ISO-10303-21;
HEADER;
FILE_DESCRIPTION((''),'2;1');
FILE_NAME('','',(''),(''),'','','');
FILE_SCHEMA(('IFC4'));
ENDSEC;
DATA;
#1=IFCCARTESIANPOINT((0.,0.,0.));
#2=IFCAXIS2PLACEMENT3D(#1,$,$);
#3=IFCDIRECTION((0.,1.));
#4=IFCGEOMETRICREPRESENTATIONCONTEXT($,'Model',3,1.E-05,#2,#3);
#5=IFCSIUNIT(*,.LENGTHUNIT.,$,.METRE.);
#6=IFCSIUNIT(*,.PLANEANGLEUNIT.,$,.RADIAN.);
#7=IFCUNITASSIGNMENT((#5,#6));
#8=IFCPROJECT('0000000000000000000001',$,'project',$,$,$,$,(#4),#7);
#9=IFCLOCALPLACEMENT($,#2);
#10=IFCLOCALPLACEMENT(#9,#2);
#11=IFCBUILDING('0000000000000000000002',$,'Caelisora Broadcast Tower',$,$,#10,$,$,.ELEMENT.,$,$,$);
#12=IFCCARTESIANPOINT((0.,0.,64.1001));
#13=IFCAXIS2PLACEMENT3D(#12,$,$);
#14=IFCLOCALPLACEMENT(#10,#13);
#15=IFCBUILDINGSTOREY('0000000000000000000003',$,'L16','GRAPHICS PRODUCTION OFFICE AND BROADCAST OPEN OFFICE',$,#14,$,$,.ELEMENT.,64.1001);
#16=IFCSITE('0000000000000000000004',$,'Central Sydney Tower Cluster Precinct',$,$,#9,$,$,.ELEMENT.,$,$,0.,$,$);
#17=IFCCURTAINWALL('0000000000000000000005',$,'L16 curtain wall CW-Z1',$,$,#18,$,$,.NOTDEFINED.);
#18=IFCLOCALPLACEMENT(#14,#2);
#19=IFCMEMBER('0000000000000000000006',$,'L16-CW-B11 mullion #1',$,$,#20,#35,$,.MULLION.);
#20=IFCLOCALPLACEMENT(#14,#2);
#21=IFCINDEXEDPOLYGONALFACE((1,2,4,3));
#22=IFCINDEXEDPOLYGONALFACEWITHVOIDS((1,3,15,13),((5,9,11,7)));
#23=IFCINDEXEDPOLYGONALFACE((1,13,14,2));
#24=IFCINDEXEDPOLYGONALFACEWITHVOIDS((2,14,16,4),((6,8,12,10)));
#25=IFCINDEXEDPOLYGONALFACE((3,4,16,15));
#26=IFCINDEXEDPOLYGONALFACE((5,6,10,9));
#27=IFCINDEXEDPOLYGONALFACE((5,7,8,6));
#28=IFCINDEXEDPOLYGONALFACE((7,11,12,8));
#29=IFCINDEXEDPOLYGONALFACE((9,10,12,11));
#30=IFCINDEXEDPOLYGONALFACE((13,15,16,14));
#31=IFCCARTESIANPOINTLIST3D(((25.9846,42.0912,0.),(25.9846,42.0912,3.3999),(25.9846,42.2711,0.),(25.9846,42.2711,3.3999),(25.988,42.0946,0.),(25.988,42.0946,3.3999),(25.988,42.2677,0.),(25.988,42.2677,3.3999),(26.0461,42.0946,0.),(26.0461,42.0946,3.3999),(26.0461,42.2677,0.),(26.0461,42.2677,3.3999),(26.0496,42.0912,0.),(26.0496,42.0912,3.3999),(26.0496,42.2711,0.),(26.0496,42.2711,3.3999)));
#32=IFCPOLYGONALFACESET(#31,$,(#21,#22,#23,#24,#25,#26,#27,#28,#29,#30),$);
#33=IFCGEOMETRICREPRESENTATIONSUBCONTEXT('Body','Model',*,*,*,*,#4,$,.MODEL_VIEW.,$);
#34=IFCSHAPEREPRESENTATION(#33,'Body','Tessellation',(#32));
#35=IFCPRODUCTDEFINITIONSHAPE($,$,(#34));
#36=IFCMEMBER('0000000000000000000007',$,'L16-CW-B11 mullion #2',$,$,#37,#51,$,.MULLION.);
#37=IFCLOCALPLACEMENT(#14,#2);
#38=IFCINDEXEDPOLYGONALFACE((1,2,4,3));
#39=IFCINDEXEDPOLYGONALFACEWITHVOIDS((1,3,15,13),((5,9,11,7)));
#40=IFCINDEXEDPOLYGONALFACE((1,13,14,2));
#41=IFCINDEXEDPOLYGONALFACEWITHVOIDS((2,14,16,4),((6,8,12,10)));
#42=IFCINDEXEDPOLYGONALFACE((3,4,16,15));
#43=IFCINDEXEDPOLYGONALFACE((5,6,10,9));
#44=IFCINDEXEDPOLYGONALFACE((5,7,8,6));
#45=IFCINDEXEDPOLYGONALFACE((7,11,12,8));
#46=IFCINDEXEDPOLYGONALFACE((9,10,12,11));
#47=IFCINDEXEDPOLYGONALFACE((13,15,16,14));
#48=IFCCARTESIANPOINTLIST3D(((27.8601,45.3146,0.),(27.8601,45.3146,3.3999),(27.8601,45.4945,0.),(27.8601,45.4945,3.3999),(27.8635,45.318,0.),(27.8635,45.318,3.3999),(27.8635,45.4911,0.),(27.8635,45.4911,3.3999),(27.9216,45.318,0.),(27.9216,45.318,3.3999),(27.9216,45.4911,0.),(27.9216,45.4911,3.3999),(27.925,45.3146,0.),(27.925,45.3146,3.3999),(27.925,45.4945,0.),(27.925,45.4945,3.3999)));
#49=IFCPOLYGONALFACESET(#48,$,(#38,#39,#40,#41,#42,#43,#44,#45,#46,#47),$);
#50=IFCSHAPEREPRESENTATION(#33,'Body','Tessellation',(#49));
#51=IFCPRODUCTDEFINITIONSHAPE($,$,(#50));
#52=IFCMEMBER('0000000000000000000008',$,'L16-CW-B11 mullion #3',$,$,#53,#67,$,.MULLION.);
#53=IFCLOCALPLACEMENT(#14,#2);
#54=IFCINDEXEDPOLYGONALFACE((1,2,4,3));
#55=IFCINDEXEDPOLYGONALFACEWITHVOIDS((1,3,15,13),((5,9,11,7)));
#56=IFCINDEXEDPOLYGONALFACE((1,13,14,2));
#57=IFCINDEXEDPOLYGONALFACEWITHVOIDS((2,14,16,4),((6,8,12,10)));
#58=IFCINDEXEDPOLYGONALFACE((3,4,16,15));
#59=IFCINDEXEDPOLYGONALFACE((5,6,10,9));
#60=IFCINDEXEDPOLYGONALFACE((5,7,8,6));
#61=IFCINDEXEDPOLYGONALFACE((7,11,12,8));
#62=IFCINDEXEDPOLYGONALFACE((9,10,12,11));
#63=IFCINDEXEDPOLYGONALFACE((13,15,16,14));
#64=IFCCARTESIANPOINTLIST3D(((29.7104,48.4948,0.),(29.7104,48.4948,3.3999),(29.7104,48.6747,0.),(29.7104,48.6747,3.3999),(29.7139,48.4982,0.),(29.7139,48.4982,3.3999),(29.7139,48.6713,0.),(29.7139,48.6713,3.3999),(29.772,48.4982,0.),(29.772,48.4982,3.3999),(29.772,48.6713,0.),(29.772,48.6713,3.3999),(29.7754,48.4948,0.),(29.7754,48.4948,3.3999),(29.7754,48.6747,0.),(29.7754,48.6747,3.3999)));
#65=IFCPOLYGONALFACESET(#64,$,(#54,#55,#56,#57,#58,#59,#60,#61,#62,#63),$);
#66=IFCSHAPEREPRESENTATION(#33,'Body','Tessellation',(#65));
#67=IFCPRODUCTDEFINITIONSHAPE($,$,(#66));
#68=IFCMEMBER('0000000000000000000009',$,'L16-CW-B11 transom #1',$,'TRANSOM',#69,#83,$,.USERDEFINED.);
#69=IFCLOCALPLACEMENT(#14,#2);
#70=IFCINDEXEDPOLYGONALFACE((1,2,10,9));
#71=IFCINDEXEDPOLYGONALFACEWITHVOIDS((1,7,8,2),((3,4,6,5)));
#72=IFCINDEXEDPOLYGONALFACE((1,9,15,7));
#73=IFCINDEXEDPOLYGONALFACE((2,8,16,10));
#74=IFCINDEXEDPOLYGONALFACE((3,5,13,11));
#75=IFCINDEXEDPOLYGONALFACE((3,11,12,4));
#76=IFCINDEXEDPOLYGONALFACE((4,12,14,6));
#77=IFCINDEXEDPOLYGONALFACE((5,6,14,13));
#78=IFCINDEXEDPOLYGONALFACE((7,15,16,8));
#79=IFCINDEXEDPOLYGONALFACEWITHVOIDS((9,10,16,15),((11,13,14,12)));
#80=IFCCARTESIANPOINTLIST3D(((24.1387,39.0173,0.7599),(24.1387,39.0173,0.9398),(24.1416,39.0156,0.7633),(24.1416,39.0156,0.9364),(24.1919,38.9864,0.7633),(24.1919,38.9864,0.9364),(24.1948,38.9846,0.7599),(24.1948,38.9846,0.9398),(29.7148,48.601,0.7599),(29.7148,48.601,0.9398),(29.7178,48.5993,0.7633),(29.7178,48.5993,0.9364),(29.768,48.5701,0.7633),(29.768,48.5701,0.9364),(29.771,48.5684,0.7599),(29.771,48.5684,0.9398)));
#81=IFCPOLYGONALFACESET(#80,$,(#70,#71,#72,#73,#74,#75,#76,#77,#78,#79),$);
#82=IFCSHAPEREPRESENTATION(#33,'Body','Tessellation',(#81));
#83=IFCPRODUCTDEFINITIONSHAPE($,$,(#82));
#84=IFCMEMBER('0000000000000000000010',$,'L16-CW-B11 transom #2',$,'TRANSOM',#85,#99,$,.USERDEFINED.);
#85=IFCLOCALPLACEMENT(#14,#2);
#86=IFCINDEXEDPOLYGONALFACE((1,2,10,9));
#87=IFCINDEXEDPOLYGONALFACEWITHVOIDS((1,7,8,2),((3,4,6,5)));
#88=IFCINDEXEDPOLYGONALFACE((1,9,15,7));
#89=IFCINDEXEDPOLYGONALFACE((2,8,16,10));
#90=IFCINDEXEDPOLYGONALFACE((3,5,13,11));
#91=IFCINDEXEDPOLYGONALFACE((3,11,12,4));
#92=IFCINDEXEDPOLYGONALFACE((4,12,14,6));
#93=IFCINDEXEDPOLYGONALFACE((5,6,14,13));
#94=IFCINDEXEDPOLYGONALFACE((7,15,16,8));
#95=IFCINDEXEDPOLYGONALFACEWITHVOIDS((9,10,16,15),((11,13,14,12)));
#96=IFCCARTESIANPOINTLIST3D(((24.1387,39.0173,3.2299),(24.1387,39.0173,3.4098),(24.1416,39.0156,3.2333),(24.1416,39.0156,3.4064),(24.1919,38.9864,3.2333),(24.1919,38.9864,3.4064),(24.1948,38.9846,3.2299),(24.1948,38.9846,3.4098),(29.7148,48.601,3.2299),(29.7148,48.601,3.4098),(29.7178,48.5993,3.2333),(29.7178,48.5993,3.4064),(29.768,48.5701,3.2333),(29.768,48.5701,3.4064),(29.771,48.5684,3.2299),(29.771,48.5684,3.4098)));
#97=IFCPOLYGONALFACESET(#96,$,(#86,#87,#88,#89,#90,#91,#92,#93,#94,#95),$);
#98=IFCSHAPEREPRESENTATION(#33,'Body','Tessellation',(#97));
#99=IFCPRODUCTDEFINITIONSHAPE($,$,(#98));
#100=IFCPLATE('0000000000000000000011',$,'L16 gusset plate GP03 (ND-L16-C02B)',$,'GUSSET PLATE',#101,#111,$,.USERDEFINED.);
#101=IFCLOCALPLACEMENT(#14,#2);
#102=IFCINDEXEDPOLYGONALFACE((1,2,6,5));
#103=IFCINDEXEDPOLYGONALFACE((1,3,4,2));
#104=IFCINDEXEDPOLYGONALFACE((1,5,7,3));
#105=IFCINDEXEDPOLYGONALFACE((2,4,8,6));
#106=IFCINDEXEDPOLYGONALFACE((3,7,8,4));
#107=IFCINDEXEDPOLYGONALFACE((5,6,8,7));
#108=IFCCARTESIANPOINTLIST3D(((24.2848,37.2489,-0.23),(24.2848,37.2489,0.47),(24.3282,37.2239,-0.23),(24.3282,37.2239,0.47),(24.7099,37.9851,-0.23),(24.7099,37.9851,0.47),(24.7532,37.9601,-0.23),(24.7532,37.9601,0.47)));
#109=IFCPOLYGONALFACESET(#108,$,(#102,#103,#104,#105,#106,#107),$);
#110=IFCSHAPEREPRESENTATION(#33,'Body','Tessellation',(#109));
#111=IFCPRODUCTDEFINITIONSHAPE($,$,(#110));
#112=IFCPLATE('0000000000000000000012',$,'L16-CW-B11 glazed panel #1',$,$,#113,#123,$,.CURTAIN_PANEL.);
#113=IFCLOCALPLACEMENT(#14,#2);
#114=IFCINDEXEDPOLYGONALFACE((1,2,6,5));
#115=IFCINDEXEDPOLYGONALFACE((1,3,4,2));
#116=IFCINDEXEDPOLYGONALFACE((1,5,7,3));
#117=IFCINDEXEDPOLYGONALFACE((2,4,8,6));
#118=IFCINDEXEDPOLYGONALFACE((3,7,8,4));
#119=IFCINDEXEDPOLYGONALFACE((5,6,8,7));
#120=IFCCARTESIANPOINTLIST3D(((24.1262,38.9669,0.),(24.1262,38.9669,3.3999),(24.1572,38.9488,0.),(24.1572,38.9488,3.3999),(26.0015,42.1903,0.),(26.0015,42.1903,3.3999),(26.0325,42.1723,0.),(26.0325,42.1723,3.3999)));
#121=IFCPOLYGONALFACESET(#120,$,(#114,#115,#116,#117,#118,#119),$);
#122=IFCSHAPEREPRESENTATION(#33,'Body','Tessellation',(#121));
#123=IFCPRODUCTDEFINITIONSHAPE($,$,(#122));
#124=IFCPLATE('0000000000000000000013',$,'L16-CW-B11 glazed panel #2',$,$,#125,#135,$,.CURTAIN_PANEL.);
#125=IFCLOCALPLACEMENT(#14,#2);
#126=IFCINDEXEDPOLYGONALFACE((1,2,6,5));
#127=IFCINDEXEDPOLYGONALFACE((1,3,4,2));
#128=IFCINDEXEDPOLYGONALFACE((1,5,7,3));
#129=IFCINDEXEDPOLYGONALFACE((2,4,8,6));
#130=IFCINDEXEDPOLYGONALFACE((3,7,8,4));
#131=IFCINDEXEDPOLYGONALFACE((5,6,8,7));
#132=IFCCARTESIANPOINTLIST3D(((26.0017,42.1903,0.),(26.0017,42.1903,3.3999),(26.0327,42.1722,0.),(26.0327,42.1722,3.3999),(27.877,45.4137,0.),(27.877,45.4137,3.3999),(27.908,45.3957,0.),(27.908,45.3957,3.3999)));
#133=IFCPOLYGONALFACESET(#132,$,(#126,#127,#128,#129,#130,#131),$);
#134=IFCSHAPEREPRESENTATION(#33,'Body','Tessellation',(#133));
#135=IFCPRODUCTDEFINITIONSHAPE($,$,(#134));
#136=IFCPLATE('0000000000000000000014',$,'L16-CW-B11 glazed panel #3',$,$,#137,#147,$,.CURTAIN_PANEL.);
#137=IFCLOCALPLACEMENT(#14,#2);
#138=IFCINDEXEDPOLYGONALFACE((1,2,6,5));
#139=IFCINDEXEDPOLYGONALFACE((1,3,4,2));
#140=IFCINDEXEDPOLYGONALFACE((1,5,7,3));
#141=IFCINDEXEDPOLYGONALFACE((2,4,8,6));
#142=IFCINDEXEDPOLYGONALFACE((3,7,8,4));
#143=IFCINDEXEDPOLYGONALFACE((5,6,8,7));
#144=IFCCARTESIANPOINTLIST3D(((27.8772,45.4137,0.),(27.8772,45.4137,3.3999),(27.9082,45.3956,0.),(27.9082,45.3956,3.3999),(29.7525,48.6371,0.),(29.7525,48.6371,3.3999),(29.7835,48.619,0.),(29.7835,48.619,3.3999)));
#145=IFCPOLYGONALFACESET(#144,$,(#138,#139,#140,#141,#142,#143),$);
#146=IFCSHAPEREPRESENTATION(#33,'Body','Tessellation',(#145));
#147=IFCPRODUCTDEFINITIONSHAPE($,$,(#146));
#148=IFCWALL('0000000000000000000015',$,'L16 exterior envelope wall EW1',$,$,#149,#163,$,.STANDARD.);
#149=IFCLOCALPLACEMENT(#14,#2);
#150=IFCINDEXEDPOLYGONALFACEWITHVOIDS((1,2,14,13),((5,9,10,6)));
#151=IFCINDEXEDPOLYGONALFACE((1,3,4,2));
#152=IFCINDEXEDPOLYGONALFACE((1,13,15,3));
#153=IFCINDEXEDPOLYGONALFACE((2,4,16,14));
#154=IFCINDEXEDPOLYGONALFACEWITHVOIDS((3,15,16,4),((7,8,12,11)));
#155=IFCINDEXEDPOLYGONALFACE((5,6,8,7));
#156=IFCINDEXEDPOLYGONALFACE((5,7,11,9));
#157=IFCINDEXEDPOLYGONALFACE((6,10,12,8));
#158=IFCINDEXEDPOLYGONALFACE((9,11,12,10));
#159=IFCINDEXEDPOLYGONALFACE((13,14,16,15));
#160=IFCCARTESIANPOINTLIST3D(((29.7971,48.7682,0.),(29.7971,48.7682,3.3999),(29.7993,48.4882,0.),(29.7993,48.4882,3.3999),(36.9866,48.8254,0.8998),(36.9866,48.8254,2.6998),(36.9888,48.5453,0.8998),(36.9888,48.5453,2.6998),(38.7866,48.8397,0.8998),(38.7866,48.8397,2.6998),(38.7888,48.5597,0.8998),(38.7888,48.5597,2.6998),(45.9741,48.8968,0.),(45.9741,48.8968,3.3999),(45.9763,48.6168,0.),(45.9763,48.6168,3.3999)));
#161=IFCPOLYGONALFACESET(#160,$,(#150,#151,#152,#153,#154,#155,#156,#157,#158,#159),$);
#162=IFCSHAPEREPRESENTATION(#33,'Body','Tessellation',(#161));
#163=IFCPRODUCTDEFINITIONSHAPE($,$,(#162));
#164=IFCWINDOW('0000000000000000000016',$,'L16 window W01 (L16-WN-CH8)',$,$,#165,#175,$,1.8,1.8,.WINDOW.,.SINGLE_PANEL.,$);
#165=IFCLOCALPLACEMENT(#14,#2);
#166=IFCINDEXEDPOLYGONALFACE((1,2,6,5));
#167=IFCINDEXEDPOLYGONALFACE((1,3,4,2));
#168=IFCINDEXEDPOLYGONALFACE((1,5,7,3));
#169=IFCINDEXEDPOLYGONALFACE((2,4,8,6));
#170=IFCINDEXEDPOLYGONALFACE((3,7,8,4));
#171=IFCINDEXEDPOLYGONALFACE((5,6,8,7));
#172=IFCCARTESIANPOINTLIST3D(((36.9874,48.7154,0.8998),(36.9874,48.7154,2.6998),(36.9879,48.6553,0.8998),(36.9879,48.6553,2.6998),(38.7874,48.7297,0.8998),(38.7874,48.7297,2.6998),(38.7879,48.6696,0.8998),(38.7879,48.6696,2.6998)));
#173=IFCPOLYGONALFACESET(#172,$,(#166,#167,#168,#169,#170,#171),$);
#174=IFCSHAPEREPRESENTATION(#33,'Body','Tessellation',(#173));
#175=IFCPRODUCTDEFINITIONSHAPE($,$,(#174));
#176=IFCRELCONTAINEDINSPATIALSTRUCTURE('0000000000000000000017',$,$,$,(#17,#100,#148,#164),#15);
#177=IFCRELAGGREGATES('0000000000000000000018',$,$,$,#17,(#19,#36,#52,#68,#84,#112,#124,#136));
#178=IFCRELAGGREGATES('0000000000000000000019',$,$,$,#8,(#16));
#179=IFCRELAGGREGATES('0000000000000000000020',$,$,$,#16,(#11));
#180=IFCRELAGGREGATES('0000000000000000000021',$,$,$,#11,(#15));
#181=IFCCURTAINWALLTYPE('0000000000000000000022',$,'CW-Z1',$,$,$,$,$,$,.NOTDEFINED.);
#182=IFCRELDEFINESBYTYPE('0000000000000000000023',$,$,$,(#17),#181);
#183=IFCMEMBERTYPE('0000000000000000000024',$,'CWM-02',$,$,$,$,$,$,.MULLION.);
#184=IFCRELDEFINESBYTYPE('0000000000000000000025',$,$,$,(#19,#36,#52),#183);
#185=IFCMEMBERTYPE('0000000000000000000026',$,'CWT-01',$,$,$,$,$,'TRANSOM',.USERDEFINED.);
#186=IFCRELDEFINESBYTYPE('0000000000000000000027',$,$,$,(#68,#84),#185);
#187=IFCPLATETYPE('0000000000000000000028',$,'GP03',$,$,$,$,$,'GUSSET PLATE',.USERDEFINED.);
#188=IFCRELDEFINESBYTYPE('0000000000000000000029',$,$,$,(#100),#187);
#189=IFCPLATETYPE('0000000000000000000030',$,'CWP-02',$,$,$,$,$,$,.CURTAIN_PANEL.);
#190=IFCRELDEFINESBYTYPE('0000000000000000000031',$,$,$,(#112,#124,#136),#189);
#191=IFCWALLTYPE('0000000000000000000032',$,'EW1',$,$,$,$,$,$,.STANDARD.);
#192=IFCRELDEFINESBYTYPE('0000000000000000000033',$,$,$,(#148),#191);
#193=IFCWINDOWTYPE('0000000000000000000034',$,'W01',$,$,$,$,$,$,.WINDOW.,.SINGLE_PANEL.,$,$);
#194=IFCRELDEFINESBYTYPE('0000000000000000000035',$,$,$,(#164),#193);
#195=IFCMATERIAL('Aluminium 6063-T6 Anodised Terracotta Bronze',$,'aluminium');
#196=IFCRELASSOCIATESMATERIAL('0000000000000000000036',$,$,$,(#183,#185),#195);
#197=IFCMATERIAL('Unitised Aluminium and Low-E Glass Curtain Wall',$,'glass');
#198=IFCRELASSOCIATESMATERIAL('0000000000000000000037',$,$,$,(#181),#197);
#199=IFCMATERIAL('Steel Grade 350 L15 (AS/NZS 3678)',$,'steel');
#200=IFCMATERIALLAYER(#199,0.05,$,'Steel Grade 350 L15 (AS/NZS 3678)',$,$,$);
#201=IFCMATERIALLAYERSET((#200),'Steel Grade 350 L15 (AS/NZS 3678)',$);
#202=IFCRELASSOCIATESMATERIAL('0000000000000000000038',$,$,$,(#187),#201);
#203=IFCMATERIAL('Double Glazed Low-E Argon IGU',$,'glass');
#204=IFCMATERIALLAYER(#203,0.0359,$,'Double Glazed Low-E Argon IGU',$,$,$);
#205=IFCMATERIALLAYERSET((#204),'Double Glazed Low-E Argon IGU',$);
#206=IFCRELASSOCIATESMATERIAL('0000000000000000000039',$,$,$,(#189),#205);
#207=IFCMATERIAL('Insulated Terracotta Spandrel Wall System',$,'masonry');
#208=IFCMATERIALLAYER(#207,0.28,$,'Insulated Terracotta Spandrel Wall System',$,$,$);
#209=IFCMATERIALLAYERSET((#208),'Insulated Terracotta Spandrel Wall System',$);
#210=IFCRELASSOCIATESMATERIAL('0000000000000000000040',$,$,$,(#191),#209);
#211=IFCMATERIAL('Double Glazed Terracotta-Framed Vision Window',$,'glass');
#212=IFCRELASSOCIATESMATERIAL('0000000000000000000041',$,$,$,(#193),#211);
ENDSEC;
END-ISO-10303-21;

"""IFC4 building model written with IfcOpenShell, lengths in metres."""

from ifc_helpers import new_model, si_unit, direction, frame, frame_2d, origin, origin_2d, place, context, subcontext, project, spatial, rectangle, hollow_rectangle, extrude, source, transform, mapped, material, layer, layer_set, material_profile, profile_set, type_object, type_shapes, element, fill, aggregate, save


model = new_model("IFC4")

# Units and contexts
model_context = context("Model", 3, precision=1e-05, world=origin(), true_north=direction((0.0, 1.0)))
body_context = subcontext(model_context, "Body", "Model", "MODEL_VIEW")
ifc_project = project(units=[si_unit("LENGTHUNIT", "METRE"), si_unit("PLANEANGLEUNIT", "RADIAN")], contexts=[model_context])

# Site, building, storey
site_placement = place(None, origin())
site = spatial("IfcSite", under=ifc_project, at=site_placement, Name="Central Sydney Tower Cluster Precinct", CompositionType="ELEMENT", RefElevation=0.0)
building_placement = place(site_placement, origin())
building = spatial("IfcBuilding", under=site, at=building_placement, Name="Caelisora Broadcast Tower", CompositionType="ELEMENT")
storey_placement = place(building_placement, frame((0.0, 0.0, 64.1001)))
storey = spatial("IfcBuildingStorey", under=building, at=storey_placement, Name="L16", Description="GRAPHICS PRODUCTION OFFICE AND BROADCAST OPEN OFFICE", CompositionType="ELEMENT", Elevation=64.1001)

# Shared definitions
ifc_material_1 = material(Name="Steel Grade 350 L15 (AS/NZS 3678)", Category="steel")

# Shared definitions
ifc_material_2 = material(Name="Aluminium 6063-T6 Anodised Terracotta Bronze", Category="aluminium")
ifc_material_profile_1 = material_profile(ifc_material_2, hollow_rectangle(XDim=0.0649, YDim=0.1799, WallThickness=0.0034, at=origin_2d()), Name="Aluminium 6063-T6 Anodised Terracotta Bronze")
ifc_profile_set_1 = profile_set([ifc_material_profile_1], Name="Aluminium 6063-T6 Anodised Terracotta Bronze")
member_type_1 = type_object("IfcMemberType", Name="CWM-02", PredefinedType="MULLION", material=ifc_profile_set_1)
shared_shape_1 = source(origin(), body_context, "Body", "SweptSolid", [
    extrude(hollow_rectangle(XDim=0.0649, YDim=0.1799, WallThickness=0.0034, at=origin_2d()), origin(), (0.0, 0.0, 1.0), 3.3999),
])
type_shapes(member_type_1, [shared_shape_1])

# Curtain wall, members
ifc_material_3 = material(Name="Unitised Aluminium and Low-E Glass Curtain Wall", Category="glass")
curtain_wall_type_1 = type_object("IfcCurtainWallType", Name="CW-Z1", PredefinedType="NOTDEFINED", material=ifc_material_3)
curtain_wall_1_placement = place(storey_placement, origin())
curtain_wall_1 = element("IfcCurtainWall", 1, at=curtain_wall_1_placement, inside=storey, type_object=curtain_wall_type_1, Name="L16 curtain wall CW-Z1", PredefinedType="NOTDEFINED")
member_1_placement = place(storey_placement, frame((26.0171, 42.1812, 0.0), z_axis=(0.0, 0.0, 1.0), x_axis=(1.0, 0.0, 0.0)))
member_1 = element("IfcMember", 2, at=member_1_placement, type_object=member_type_1, Name="L16-CW-B11 mullion #1", PredefinedType="MULLION", context=body_context, shape_type="MappedRepresentation", body=[
    mapped(shared_shape_1, transform((0.0, 0.0, 0.0), scale=1.0)),
])
member_2_placement = place(storey_placement, frame((27.8926, 45.4045, 0.0), z_axis=(0.0, 0.0, 1.0), x_axis=(1.0, 0.0, 0.0)))
member_2 = element("IfcMember", 3, at=member_2_placement, type_object=member_type_1, Name="L16-CW-B11 mullion #2", PredefinedType="MULLION", context=body_context, shape_type="MappedRepresentation", body=[
    mapped(shared_shape_1, transform((0.0, 0.0, 0.0), scale=1.0)),
])
member_3_placement = place(storey_placement, frame((29.7429, 48.5847, 0.0), z_axis=(0.0, 0.0, 1.0), x_axis=(1.0, 0.0, 0.0)))
member_3 = element("IfcMember", 4, at=member_3_placement, type_object=member_type_1, Name="L16-CW-B11 mullion #3", PredefinedType="MULLION", context=body_context, shape_type="MappedRepresentation", body=[
    mapped(shared_shape_1, transform((0.0, 0.0, 0.0), scale=1.0)),
])
ifc_material_profile_2 = material_profile(ifc_material_2, hollow_rectangle(XDim=0.0649, YDim=0.1799, WallThickness=0.0034, at=origin_2d()), Name="Aluminium 6063-T6 Anodised Terracotta Bronze")
ifc_profile_set_2 = profile_set([ifc_material_profile_2], Name="Aluminium 6063-T6 Anodised Terracotta Bronze")
member_type_2 = type_object("IfcMemberType", Name="CWT-01", ElementType="TRANSOM", PredefinedType="USERDEFINED", material=ifc_profile_set_2)
shared_shape_2 = source(origin(), body_context, "Body", "SweptSolid", [
    extrude(hollow_rectangle(XDim=0.0649, YDim=0.1799, WallThickness=0.0034, at=origin_2d()), origin(), (0.0, 0.0, 1.0), 11.0879),
])
type_shapes(member_type_2, [shared_shape_2])
member_4_placement = place(storey_placement, frame((24.1667, 39.001, 0.8499), z_axis=(0.502906, 0.864341, 0.0), x_axis=(-0.864341, 0.502906, 0.0)))
member_4 = element("IfcMember", 5, at=member_4_placement, type_object=member_type_2, Name="L16-CW-B11 transom #1", ObjectType="TRANSOM", PredefinedType="USERDEFINED", context=body_context, shape_type="MappedRepresentation", body=[
    mapped(shared_shape_2, transform((0.0, 0.0, 0.0), scale=1.0)),
])
member_5_placement = place(storey_placement, frame((24.1667, 39.001, 3.3198), z_axis=(0.502906, 0.864341, 0.0), x_axis=(-0.864341, 0.502906, 0.0)))
member_5 = element("IfcMember", 6, at=member_5_placement, type_object=member_type_2, Name="L16-CW-B11 transom #2", ObjectType="TRANSOM", PredefinedType="USERDEFINED", context=body_context, shape_type="MappedRepresentation", body=[
    mapped(shared_shape_2, transform((0.0, 0.0, 0.0), scale=1.0)),
])

# Plates
ifc_layer_1 = layer(ifc_material_1, 0.05, Name="Steel Grade 350 L15 (AS/NZS 3678)")
ifc_layer_set_1 = layer_set([ifc_layer_1], Name="Steel Grade 350 L15 (AS/NZS 3678)")
plate_type_1 = type_object("IfcPlateType", Name="GP03", ElementType="GUSSET PLATE", PredefinedType="USERDEFINED", material=ifc_layer_set_1)
shared_shape_3 = source(origin(), body_context, "Body", "SweptSolid", [
    extrude(rectangle(XDim=0.8501, YDim=0.05, at=origin_2d()), origin(), (0.0, 0.0, 1.0), 0.7),
])
type_shapes(plate_type_1, [shared_shape_3])
plate_1_placement = place(storey_placement, frame((24.519, 37.6045, -0.23), z_axis=(0.0, 0.0, 1.0), x_axis=(-0.5, -0.866025, 0.0)))
element("IfcPlate", 7, at=plate_1_placement, inside=storey, type_object=plate_type_1, Name="L16 gusset plate GP03 (ND-L16-C02B)", ObjectType="GUSSET PLATE", PredefinedType="USERDEFINED", context=body_context, shape_type="MappedRepresentation", body=[
    mapped(shared_shape_3, transform((0.0, 0.0, 0.0), scale=1.0)),
])
ifc_material_4 = material(Name="Double Glazed Low-E Argon IGU", Category="glass")
ifc_layer_2 = layer(ifc_material_4, 0.0359, Name="Double Glazed Low-E Argon IGU")
ifc_layer_set_2 = layer_set([ifc_layer_2], Name="Double Glazed Low-E Argon IGU")
plate_type_2 = type_object("IfcPlateType", Name="CWP-02", PredefinedType="CURTAIN_PANEL", material=ifc_layer_set_2)
shared_shape_4 = source(origin(), body_context, "Body", "SweptSolid", [
    extrude(rectangle(XDim=3.7292, YDim=0.0359, at=origin_2d()), origin(), (0.0, 0.0, 1.0), 3.3999),
])
type_shapes(plate_type_2, [shared_shape_4])
plate_2_placement = place(storey_placement, frame((25.0793, 40.5696, 0.0), z_axis=(0.0, 0.0, 1.0), x_axis=(0.502869, 0.864363, 0.0)))
plate_2 = element("IfcPlate", 8, at=plate_2_placement, type_object=plate_type_2, Name="L16-CW-B11 glazed panel #1", PredefinedType="CURTAIN_PANEL", context=body_context, shape_type="MappedRepresentation", body=[
    mapped(shared_shape_4, transform((0.0, 0.0, 0.0), scale=1.0)),
])
plate_3_placement = place(storey_placement, frame((26.9548, 43.793, 0.0), z_axis=(0.0, 0.0, 1.0), x_axis=(0.502869, 0.864363, 0.0)))
plate_3 = element("IfcPlate", 9, at=plate_3_placement, type_object=plate_type_2, Name="L16-CW-B11 glazed panel #2", PredefinedType="CURTAIN_PANEL", context=body_context, shape_type="MappedRepresentation", body=[
    mapped(shared_shape_4, transform((0.0, 0.0, 0.0), scale=1.0)),
])
plate_4_placement = place(storey_placement, frame((28.8303, 47.0164, 0.0), z_axis=(0.0, 0.0, 1.0), x_axis=(0.502869, 0.864363, 0.0)))
plate_4 = element("IfcPlate", 10, at=plate_4_placement, type_object=plate_type_2, Name="L16-CW-B11 glazed panel #3", PredefinedType="CURTAIN_PANEL", context=body_context, shape_type="MappedRepresentation", body=[
    mapped(shared_shape_4, transform((0.0, 0.0, 0.0), scale=1.0)),
])
aggregate(curtain_wall_1, [member_1, member_2, member_3, member_4, member_5, plate_2, plate_3, plate_4])

# Wall, opening, window
ifc_material_5 = material(Name="Insulated Terracotta Spandrel Wall System", Category="masonry")
ifc_layer_3 = layer(ifc_material_5, 0.28, Name="Insulated Terracotta Spandrel Wall System")
ifc_layer_set_3 = layer_set([ifc_layer_3], Name="Insulated Terracotta Spandrel Wall System")
wall_type_1 = type_object("IfcWallType", Name="EW1", PredefinedType="STANDARD", material=ifc_layer_set_3)
wall_1_placement = place(storey_placement, frame((29.7981, 48.6282, 0.0), z_axis=(0.0, 0.0, 1.0), x_axis=(0.999968, 0.007953, 0.0)))
wall_1 = element("IfcWall", 11, at=wall_1_placement, inside=storey, type_object=wall_type_1, Name="L16 exterior envelope wall EW1", PredefinedType="STANDARD", context=body_context, shape_type="SweptSolid", body=[
    extrude(rectangle(XDim=16.1775, YDim=0.28, at=frame_2d((8.0889, 0.0))), origin(), (0.0, 0.0, 1.0), 3.3999),
])
opening_placement = place(wall_1_placement, frame((7.1899, 0.0, 0.8999)))
opening = element("IfcOpeningElement", 12, at=opening_placement, cuts=wall_1, PredefinedType="OPENING", context=body_context, shape_type="SweptSolid", body=[
    extrude(rectangle(XDim=1.8, YDim=1.8, at=frame_2d((0.8999, 0.8999))), frame((0.0, 0.1521, 0.0), z_axis=(0.0, -1.0, 0.0), x_axis=(1.0, 0.0, 0.0)), (0.0, 0.0, 1.0), 0.304),
])
ifc_material_6 = material(Name="Double Glazed Terracotta-Framed Vision Window", Category="glass")
window_type = type_object("IfcWindowType", Name="W01", PartitioningType="SINGLE_PANEL", PredefinedType="WINDOW", material=ifc_material_6)
window_placement = place(opening_placement, origin())
window = element("IfcWindow", 13, at=window_placement, inside=storey, type_object=window_type, Name="L16 window W01 (L16-WN-CH8)", OverallHeight=1.8, OverallWidth=1.8, PartitioningType="SINGLE_PANEL", PredefinedType="WINDOW", context=body_context, shape_type="SweptSolid", body=[
    extrude(rectangle(XDim=1.8, YDim=1.8, at=frame_2d((0.8999, 0.8999))), frame((0.0, 0.03, 0.0), z_axis=(0.0, -1.0, 0.0), x_axis=(1.0, 0.0, 0.0)), (0.0, 0.0, 1.0), 0.0601),
])
fill(opening, window)

save(model, "model.ifc")
